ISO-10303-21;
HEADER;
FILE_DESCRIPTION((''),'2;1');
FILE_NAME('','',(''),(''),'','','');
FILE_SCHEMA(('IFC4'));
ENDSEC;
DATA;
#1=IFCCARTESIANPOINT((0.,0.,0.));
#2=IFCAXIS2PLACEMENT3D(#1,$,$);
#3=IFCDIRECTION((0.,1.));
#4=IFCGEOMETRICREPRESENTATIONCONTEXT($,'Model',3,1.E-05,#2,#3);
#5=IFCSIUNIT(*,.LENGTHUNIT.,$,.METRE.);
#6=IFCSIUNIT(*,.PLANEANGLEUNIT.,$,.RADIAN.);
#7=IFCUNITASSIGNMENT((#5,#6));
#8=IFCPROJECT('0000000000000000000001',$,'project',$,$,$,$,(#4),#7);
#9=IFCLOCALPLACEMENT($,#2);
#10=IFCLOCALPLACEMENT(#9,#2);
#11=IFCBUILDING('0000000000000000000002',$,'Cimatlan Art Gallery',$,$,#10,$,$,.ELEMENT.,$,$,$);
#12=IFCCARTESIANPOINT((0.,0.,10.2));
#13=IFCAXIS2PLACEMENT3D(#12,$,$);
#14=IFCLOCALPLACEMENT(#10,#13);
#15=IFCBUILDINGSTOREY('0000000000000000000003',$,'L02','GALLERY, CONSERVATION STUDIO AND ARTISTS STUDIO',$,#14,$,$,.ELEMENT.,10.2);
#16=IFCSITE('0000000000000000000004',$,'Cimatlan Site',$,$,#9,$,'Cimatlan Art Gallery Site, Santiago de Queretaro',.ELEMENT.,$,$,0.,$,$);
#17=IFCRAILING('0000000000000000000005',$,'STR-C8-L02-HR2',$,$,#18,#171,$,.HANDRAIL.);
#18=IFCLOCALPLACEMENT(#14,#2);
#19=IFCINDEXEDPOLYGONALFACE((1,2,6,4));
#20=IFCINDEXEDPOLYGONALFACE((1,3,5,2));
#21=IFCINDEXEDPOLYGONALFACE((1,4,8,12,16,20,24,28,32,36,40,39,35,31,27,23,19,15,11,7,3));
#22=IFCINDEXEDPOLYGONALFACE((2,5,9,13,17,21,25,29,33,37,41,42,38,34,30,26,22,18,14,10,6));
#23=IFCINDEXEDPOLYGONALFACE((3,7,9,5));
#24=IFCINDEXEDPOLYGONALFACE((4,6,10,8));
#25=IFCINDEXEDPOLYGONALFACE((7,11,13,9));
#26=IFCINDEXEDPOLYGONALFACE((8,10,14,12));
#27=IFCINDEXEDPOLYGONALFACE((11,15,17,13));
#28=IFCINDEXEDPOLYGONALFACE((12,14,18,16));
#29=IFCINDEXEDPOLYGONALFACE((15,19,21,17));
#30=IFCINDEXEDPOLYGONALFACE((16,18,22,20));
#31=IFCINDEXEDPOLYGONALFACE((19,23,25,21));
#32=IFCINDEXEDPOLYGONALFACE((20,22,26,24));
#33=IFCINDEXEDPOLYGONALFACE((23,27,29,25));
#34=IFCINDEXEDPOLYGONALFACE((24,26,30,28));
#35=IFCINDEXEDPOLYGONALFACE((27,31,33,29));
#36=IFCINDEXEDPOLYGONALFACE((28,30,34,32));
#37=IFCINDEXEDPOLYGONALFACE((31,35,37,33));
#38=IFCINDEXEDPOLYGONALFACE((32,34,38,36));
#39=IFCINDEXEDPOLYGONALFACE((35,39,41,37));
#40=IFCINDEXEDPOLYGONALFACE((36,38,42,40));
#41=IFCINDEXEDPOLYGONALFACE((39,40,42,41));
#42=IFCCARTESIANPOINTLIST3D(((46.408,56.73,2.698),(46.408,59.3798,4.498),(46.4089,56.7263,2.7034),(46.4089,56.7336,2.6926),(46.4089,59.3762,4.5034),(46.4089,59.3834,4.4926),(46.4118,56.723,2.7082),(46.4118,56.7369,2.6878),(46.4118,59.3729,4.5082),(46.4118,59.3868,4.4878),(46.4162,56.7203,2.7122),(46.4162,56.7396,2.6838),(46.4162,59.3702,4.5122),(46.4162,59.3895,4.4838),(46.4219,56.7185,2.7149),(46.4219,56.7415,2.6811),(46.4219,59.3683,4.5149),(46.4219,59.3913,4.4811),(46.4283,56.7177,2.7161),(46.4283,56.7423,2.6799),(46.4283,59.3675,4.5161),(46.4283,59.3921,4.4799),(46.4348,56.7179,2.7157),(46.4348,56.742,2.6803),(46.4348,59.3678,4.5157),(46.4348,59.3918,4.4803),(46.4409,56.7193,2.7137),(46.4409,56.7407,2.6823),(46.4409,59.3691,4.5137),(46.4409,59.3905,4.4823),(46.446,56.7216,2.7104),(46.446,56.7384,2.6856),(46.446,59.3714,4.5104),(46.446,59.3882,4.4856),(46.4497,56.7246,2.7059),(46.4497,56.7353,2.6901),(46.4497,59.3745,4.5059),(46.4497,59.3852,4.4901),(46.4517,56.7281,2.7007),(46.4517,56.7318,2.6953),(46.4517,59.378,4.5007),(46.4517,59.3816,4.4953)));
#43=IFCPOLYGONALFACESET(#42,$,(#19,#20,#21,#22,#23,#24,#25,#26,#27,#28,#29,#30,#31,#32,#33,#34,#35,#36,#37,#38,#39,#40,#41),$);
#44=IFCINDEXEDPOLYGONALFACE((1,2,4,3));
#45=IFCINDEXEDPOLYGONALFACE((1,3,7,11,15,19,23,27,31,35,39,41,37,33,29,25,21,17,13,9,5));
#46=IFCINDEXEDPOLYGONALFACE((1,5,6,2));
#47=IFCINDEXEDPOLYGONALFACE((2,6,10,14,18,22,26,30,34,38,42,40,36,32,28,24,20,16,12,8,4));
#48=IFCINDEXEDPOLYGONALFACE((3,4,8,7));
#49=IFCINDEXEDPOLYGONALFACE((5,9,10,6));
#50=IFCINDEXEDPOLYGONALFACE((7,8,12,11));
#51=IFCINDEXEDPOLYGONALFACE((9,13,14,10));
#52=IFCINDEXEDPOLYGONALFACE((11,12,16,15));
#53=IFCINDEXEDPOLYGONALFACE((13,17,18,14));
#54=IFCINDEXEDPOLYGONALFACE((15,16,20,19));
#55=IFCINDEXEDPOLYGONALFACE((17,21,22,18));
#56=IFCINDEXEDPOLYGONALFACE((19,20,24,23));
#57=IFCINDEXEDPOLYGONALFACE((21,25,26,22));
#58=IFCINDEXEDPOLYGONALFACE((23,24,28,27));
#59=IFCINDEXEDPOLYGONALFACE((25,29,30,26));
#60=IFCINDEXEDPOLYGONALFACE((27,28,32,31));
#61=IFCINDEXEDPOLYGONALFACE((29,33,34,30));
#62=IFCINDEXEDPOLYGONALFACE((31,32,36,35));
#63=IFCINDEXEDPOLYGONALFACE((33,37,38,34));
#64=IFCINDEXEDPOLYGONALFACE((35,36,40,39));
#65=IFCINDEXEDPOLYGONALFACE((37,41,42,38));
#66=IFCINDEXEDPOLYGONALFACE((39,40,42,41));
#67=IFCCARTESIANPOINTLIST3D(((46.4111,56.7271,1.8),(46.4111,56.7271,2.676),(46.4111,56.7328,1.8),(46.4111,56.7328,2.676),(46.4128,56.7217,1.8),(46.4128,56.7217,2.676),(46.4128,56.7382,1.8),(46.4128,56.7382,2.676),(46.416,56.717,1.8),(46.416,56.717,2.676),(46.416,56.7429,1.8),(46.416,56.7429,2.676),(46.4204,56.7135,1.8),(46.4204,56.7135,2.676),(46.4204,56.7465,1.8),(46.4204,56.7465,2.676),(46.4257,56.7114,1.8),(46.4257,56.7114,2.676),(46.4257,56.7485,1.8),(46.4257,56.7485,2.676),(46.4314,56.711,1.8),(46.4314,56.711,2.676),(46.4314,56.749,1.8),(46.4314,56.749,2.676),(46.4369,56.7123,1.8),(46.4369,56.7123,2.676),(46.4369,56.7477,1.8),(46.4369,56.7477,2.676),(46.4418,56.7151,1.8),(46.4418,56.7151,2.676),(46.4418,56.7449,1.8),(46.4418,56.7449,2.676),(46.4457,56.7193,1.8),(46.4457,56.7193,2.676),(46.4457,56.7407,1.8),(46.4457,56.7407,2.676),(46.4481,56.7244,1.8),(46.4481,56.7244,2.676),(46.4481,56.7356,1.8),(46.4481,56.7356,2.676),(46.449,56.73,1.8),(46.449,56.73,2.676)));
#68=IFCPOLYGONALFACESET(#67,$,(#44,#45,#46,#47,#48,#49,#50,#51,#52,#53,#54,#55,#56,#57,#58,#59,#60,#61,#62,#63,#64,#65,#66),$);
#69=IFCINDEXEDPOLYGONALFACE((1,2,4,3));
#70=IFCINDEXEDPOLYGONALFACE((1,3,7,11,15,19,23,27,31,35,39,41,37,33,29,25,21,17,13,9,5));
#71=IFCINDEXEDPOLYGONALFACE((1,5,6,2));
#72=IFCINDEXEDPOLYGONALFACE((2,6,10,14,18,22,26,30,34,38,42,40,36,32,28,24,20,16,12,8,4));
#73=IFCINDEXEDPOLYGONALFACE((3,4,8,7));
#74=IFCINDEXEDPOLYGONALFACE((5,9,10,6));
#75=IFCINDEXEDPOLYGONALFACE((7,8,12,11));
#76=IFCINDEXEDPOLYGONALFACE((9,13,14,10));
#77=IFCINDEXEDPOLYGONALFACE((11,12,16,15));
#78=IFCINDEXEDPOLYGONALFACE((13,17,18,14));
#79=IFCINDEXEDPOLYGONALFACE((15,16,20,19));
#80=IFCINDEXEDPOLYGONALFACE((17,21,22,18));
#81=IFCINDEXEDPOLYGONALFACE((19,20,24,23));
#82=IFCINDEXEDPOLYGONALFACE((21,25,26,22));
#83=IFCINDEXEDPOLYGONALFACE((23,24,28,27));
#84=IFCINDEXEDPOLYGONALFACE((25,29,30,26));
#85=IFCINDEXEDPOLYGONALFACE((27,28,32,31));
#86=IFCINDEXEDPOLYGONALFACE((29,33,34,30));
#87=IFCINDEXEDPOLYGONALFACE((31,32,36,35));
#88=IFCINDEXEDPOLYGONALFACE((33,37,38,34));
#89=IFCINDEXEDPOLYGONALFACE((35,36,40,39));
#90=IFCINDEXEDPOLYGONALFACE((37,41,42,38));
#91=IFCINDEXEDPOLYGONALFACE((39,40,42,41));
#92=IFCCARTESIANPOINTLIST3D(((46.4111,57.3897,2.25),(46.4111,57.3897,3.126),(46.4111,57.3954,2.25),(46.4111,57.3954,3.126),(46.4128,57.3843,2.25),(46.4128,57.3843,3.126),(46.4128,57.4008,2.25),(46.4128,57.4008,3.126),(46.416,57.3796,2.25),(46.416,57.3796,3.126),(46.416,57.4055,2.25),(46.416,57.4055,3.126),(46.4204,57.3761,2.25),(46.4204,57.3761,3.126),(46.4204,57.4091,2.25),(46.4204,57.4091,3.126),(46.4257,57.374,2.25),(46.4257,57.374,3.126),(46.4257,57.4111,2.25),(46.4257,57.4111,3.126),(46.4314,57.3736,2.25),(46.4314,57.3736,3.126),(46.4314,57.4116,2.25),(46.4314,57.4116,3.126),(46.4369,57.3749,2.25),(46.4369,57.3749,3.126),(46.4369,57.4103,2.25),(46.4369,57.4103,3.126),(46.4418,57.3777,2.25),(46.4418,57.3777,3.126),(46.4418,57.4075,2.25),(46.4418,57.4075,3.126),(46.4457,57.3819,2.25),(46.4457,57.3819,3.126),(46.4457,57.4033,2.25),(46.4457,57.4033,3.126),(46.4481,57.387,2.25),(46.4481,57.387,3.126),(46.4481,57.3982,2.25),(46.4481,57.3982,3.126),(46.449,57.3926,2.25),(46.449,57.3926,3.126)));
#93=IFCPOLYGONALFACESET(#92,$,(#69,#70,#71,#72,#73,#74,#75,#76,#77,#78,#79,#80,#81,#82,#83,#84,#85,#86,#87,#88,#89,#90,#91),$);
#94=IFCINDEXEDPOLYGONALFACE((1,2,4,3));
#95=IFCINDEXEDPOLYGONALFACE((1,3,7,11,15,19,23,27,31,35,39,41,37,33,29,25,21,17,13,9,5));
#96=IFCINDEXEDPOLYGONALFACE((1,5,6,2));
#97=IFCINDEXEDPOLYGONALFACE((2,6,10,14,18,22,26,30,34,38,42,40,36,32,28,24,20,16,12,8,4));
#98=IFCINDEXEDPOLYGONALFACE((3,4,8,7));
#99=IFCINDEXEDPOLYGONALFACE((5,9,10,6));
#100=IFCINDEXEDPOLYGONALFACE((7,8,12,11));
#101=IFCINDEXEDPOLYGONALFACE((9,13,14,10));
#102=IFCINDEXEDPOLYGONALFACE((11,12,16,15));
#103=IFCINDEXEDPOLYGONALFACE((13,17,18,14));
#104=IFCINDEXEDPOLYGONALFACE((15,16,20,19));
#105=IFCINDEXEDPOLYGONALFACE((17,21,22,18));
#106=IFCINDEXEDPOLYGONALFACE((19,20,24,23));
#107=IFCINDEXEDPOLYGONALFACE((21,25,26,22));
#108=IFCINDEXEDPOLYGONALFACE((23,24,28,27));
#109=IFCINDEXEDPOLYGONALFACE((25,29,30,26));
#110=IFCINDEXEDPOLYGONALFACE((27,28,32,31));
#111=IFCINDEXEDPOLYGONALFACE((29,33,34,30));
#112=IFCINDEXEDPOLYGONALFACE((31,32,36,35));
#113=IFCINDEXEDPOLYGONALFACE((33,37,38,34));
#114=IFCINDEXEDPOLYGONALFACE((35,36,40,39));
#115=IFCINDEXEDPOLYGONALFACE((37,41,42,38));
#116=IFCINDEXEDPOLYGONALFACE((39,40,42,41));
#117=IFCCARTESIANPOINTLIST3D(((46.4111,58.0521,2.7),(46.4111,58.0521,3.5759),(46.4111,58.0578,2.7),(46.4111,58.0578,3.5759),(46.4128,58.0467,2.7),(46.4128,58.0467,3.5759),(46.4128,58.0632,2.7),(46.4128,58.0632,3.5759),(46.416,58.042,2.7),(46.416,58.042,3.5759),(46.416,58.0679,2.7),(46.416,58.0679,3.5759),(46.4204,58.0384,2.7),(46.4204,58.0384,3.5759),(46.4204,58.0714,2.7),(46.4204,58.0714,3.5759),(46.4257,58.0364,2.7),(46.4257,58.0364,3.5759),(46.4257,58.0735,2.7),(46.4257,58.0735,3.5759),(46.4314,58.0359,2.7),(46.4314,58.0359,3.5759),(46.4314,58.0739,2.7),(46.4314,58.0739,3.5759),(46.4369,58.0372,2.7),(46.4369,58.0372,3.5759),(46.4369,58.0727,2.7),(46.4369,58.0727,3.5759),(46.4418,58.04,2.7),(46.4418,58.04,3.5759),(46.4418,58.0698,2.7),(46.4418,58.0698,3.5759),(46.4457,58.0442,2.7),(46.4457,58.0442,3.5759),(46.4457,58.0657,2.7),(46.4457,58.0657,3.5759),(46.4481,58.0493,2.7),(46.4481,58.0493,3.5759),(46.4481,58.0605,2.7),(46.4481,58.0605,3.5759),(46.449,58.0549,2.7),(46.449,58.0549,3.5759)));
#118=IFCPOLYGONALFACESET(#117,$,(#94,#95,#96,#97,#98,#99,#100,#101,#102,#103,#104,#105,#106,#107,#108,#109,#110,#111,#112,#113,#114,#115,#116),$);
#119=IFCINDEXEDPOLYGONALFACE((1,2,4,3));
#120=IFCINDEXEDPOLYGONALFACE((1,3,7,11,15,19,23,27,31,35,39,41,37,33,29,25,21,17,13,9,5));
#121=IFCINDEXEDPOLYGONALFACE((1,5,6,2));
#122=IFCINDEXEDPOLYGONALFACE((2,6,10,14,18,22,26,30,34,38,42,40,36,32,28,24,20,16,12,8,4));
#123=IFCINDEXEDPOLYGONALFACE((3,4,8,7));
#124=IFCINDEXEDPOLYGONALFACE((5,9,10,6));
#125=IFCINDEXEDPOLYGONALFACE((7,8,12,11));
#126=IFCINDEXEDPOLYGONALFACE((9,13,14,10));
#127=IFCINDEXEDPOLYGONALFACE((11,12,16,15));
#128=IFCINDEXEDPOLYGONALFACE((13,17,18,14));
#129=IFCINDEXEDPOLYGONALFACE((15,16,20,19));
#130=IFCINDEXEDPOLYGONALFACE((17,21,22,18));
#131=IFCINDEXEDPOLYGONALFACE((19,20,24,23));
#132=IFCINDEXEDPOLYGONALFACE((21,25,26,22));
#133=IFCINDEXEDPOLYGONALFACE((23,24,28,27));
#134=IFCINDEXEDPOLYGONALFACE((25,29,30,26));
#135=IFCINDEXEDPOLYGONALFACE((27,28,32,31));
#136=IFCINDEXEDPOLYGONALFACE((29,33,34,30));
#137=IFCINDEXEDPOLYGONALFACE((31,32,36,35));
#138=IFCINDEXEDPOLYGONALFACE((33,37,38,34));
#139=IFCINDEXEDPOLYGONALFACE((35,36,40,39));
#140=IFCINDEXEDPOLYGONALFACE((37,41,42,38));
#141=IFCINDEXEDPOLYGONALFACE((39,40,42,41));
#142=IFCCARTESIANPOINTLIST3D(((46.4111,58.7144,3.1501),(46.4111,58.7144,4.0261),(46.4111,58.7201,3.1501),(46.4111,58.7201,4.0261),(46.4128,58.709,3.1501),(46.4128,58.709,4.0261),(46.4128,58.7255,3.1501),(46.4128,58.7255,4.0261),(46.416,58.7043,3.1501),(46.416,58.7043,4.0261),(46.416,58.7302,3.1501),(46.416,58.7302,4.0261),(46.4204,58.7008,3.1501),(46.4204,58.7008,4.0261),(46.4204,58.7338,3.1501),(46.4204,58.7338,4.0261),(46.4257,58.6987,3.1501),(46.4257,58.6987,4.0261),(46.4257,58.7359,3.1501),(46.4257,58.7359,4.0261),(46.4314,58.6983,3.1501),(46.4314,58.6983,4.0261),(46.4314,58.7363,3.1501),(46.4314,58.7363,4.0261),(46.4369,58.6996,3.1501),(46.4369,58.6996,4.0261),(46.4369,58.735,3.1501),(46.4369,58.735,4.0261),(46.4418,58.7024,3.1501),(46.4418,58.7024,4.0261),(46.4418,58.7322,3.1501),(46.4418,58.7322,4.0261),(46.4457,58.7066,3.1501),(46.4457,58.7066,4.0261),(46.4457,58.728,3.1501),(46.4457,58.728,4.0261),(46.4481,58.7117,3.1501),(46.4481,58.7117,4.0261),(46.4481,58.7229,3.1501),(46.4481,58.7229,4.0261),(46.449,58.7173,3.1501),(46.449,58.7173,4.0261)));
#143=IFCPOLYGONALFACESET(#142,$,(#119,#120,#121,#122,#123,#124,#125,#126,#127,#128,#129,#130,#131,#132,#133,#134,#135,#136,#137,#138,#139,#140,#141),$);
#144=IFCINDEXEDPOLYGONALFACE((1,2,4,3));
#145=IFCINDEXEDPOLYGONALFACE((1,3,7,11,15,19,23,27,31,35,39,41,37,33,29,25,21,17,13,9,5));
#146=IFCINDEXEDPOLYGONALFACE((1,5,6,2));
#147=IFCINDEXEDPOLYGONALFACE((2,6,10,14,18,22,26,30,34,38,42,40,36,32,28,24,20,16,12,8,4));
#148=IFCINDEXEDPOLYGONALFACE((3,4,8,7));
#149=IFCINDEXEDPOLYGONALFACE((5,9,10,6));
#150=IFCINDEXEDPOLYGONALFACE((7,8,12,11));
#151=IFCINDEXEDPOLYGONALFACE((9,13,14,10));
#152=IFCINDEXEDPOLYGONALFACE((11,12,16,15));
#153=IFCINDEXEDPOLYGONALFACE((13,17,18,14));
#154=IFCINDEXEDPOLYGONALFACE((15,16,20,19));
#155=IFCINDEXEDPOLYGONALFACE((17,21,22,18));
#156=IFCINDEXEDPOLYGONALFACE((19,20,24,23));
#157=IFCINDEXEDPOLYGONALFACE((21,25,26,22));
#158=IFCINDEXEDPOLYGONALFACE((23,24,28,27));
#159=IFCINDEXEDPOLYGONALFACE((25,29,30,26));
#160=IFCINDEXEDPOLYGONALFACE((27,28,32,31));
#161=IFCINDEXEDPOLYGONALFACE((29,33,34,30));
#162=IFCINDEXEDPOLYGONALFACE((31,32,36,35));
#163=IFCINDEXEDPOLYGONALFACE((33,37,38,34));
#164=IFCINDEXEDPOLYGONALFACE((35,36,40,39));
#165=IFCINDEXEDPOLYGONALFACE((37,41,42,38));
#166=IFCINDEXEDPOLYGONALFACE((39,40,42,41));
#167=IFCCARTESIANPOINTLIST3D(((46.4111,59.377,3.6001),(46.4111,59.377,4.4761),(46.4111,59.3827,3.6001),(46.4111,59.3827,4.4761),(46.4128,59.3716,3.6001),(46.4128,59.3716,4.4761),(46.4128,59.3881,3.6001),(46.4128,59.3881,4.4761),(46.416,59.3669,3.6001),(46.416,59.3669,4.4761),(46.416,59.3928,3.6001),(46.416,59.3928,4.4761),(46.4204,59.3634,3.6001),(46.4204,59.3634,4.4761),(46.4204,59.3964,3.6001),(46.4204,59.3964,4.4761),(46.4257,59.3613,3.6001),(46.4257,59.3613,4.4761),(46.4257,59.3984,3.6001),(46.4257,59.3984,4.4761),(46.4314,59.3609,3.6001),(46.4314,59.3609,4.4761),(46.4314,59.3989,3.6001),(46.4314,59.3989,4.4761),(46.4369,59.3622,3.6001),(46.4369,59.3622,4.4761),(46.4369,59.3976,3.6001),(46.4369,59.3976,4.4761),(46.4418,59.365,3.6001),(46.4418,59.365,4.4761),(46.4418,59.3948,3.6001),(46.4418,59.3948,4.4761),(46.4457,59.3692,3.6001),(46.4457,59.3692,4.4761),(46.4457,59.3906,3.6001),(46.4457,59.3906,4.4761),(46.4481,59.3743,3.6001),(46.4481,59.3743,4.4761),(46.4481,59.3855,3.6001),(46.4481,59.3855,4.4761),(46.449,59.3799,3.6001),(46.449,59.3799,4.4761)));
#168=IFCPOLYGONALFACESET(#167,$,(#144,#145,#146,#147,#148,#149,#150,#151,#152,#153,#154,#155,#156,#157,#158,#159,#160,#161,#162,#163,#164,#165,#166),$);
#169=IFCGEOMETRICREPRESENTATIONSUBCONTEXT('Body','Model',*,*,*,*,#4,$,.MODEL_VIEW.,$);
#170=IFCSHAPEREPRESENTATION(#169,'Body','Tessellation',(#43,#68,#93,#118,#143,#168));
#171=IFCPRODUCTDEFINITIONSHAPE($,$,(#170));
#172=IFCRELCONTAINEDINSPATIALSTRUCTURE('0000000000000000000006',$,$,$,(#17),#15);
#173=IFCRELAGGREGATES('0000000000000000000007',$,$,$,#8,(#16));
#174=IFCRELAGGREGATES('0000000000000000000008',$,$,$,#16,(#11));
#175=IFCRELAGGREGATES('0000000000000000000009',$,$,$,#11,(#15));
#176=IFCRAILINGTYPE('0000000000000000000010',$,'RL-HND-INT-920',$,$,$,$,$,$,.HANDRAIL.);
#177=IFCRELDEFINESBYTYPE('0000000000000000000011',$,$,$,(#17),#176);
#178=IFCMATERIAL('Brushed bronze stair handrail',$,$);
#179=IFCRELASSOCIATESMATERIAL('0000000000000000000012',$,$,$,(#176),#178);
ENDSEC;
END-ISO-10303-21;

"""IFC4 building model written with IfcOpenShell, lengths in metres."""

from ifc_helpers import new_model, si_unit, direction, frame, origin, origin_2d, place, context, subcontext, project, spatial, circle, extrude, material, type_object, element, save


model = new_model("IFC4")

# Units and contexts
model_context = context("Model", 3, precision=1e-05, world=origin(), true_north=direction((0.0, 1.0)))
body_context = subcontext(model_context, "Body", "Model", "MODEL_VIEW")
ifc_project = project(units=[si_unit("LENGTHUNIT", "METRE"), si_unit("PLANEANGLEUNIT", "RADIAN")], contexts=[model_context])

# Site, building, storey
site_placement = place(None, origin())
site = spatial("IfcSite", under=ifc_project, at=site_placement, Name="Cimatlan Site", LongName="Cimatlan Art Gallery Site, Santiago de Queretaro", CompositionType="ELEMENT", RefElevation=0.0)
building_placement = place(site_placement, origin())
building = spatial("IfcBuilding", under=site, at=building_placement, Name="Cimatlan Art Gallery", CompositionType="ELEMENT")
storey_placement = place(building_placement, frame((0.0, 0.0, 10.2)))
storey = spatial("IfcBuildingStorey", under=building, at=storey_placement, Name="L02", Description="GALLERY, CONSERVATION STUDIO AND ARTISTS STUDIO", CompositionType="ELEMENT", Elevation=10.2)

# Railing
ifc_material_1 = material(Name="Brushed bronze stair handrail")
railing_type_1 = type_object("IfcRailingType", Name="RL-HND-INT-920", PredefinedType="HANDRAIL", material=ifc_material_1)
railing_1_placement = place(storey_placement, frame((46.4299, 56.73, 1.8)))
element("IfcRailing", 1, at=railing_1_placement, inside=storey, type_object=railing_type_1, Name="STR-C8-L02-HR2", PredefinedType="HANDRAIL", context=body_context, shape_type="SweptSolid", body=[
    extrude(circle(Radius=0.022, at=origin_2d()), frame((0.0, 0.0, 0.8979), z_axis=(0.0, 0.8272, 0.561908), x_axis=(-1.0, 0.0, 0.0)), (0.0, 0.0, 1.0), 3.2034),
    extrude(circle(Radius=0.019, at=origin_2d()), origin(), (0.0, 0.0, 1.0), 0.876),
    extrude(circle(Radius=0.019, at=origin_2d()), frame((0.0, 0.6626, 0.45)), (0.0, 0.0, 1.0), 0.876),
    extrude(circle(Radius=0.019, at=origin_2d()), frame((0.0, 1.325, 0.8999)), (0.0, 0.0, 1.0), 0.876),
    extrude(circle(Radius=0.019, at=origin_2d()), frame((0.0, 1.9873, 1.3501)), (0.0, 0.0, 1.0), 0.876),
    extrude(circle(Radius=0.019, at=origin_2d()), frame((0.0, 2.6499, 1.8)), (0.0, 0.0, 1.0), 0.876),
])

save(model, "model.ifc")
